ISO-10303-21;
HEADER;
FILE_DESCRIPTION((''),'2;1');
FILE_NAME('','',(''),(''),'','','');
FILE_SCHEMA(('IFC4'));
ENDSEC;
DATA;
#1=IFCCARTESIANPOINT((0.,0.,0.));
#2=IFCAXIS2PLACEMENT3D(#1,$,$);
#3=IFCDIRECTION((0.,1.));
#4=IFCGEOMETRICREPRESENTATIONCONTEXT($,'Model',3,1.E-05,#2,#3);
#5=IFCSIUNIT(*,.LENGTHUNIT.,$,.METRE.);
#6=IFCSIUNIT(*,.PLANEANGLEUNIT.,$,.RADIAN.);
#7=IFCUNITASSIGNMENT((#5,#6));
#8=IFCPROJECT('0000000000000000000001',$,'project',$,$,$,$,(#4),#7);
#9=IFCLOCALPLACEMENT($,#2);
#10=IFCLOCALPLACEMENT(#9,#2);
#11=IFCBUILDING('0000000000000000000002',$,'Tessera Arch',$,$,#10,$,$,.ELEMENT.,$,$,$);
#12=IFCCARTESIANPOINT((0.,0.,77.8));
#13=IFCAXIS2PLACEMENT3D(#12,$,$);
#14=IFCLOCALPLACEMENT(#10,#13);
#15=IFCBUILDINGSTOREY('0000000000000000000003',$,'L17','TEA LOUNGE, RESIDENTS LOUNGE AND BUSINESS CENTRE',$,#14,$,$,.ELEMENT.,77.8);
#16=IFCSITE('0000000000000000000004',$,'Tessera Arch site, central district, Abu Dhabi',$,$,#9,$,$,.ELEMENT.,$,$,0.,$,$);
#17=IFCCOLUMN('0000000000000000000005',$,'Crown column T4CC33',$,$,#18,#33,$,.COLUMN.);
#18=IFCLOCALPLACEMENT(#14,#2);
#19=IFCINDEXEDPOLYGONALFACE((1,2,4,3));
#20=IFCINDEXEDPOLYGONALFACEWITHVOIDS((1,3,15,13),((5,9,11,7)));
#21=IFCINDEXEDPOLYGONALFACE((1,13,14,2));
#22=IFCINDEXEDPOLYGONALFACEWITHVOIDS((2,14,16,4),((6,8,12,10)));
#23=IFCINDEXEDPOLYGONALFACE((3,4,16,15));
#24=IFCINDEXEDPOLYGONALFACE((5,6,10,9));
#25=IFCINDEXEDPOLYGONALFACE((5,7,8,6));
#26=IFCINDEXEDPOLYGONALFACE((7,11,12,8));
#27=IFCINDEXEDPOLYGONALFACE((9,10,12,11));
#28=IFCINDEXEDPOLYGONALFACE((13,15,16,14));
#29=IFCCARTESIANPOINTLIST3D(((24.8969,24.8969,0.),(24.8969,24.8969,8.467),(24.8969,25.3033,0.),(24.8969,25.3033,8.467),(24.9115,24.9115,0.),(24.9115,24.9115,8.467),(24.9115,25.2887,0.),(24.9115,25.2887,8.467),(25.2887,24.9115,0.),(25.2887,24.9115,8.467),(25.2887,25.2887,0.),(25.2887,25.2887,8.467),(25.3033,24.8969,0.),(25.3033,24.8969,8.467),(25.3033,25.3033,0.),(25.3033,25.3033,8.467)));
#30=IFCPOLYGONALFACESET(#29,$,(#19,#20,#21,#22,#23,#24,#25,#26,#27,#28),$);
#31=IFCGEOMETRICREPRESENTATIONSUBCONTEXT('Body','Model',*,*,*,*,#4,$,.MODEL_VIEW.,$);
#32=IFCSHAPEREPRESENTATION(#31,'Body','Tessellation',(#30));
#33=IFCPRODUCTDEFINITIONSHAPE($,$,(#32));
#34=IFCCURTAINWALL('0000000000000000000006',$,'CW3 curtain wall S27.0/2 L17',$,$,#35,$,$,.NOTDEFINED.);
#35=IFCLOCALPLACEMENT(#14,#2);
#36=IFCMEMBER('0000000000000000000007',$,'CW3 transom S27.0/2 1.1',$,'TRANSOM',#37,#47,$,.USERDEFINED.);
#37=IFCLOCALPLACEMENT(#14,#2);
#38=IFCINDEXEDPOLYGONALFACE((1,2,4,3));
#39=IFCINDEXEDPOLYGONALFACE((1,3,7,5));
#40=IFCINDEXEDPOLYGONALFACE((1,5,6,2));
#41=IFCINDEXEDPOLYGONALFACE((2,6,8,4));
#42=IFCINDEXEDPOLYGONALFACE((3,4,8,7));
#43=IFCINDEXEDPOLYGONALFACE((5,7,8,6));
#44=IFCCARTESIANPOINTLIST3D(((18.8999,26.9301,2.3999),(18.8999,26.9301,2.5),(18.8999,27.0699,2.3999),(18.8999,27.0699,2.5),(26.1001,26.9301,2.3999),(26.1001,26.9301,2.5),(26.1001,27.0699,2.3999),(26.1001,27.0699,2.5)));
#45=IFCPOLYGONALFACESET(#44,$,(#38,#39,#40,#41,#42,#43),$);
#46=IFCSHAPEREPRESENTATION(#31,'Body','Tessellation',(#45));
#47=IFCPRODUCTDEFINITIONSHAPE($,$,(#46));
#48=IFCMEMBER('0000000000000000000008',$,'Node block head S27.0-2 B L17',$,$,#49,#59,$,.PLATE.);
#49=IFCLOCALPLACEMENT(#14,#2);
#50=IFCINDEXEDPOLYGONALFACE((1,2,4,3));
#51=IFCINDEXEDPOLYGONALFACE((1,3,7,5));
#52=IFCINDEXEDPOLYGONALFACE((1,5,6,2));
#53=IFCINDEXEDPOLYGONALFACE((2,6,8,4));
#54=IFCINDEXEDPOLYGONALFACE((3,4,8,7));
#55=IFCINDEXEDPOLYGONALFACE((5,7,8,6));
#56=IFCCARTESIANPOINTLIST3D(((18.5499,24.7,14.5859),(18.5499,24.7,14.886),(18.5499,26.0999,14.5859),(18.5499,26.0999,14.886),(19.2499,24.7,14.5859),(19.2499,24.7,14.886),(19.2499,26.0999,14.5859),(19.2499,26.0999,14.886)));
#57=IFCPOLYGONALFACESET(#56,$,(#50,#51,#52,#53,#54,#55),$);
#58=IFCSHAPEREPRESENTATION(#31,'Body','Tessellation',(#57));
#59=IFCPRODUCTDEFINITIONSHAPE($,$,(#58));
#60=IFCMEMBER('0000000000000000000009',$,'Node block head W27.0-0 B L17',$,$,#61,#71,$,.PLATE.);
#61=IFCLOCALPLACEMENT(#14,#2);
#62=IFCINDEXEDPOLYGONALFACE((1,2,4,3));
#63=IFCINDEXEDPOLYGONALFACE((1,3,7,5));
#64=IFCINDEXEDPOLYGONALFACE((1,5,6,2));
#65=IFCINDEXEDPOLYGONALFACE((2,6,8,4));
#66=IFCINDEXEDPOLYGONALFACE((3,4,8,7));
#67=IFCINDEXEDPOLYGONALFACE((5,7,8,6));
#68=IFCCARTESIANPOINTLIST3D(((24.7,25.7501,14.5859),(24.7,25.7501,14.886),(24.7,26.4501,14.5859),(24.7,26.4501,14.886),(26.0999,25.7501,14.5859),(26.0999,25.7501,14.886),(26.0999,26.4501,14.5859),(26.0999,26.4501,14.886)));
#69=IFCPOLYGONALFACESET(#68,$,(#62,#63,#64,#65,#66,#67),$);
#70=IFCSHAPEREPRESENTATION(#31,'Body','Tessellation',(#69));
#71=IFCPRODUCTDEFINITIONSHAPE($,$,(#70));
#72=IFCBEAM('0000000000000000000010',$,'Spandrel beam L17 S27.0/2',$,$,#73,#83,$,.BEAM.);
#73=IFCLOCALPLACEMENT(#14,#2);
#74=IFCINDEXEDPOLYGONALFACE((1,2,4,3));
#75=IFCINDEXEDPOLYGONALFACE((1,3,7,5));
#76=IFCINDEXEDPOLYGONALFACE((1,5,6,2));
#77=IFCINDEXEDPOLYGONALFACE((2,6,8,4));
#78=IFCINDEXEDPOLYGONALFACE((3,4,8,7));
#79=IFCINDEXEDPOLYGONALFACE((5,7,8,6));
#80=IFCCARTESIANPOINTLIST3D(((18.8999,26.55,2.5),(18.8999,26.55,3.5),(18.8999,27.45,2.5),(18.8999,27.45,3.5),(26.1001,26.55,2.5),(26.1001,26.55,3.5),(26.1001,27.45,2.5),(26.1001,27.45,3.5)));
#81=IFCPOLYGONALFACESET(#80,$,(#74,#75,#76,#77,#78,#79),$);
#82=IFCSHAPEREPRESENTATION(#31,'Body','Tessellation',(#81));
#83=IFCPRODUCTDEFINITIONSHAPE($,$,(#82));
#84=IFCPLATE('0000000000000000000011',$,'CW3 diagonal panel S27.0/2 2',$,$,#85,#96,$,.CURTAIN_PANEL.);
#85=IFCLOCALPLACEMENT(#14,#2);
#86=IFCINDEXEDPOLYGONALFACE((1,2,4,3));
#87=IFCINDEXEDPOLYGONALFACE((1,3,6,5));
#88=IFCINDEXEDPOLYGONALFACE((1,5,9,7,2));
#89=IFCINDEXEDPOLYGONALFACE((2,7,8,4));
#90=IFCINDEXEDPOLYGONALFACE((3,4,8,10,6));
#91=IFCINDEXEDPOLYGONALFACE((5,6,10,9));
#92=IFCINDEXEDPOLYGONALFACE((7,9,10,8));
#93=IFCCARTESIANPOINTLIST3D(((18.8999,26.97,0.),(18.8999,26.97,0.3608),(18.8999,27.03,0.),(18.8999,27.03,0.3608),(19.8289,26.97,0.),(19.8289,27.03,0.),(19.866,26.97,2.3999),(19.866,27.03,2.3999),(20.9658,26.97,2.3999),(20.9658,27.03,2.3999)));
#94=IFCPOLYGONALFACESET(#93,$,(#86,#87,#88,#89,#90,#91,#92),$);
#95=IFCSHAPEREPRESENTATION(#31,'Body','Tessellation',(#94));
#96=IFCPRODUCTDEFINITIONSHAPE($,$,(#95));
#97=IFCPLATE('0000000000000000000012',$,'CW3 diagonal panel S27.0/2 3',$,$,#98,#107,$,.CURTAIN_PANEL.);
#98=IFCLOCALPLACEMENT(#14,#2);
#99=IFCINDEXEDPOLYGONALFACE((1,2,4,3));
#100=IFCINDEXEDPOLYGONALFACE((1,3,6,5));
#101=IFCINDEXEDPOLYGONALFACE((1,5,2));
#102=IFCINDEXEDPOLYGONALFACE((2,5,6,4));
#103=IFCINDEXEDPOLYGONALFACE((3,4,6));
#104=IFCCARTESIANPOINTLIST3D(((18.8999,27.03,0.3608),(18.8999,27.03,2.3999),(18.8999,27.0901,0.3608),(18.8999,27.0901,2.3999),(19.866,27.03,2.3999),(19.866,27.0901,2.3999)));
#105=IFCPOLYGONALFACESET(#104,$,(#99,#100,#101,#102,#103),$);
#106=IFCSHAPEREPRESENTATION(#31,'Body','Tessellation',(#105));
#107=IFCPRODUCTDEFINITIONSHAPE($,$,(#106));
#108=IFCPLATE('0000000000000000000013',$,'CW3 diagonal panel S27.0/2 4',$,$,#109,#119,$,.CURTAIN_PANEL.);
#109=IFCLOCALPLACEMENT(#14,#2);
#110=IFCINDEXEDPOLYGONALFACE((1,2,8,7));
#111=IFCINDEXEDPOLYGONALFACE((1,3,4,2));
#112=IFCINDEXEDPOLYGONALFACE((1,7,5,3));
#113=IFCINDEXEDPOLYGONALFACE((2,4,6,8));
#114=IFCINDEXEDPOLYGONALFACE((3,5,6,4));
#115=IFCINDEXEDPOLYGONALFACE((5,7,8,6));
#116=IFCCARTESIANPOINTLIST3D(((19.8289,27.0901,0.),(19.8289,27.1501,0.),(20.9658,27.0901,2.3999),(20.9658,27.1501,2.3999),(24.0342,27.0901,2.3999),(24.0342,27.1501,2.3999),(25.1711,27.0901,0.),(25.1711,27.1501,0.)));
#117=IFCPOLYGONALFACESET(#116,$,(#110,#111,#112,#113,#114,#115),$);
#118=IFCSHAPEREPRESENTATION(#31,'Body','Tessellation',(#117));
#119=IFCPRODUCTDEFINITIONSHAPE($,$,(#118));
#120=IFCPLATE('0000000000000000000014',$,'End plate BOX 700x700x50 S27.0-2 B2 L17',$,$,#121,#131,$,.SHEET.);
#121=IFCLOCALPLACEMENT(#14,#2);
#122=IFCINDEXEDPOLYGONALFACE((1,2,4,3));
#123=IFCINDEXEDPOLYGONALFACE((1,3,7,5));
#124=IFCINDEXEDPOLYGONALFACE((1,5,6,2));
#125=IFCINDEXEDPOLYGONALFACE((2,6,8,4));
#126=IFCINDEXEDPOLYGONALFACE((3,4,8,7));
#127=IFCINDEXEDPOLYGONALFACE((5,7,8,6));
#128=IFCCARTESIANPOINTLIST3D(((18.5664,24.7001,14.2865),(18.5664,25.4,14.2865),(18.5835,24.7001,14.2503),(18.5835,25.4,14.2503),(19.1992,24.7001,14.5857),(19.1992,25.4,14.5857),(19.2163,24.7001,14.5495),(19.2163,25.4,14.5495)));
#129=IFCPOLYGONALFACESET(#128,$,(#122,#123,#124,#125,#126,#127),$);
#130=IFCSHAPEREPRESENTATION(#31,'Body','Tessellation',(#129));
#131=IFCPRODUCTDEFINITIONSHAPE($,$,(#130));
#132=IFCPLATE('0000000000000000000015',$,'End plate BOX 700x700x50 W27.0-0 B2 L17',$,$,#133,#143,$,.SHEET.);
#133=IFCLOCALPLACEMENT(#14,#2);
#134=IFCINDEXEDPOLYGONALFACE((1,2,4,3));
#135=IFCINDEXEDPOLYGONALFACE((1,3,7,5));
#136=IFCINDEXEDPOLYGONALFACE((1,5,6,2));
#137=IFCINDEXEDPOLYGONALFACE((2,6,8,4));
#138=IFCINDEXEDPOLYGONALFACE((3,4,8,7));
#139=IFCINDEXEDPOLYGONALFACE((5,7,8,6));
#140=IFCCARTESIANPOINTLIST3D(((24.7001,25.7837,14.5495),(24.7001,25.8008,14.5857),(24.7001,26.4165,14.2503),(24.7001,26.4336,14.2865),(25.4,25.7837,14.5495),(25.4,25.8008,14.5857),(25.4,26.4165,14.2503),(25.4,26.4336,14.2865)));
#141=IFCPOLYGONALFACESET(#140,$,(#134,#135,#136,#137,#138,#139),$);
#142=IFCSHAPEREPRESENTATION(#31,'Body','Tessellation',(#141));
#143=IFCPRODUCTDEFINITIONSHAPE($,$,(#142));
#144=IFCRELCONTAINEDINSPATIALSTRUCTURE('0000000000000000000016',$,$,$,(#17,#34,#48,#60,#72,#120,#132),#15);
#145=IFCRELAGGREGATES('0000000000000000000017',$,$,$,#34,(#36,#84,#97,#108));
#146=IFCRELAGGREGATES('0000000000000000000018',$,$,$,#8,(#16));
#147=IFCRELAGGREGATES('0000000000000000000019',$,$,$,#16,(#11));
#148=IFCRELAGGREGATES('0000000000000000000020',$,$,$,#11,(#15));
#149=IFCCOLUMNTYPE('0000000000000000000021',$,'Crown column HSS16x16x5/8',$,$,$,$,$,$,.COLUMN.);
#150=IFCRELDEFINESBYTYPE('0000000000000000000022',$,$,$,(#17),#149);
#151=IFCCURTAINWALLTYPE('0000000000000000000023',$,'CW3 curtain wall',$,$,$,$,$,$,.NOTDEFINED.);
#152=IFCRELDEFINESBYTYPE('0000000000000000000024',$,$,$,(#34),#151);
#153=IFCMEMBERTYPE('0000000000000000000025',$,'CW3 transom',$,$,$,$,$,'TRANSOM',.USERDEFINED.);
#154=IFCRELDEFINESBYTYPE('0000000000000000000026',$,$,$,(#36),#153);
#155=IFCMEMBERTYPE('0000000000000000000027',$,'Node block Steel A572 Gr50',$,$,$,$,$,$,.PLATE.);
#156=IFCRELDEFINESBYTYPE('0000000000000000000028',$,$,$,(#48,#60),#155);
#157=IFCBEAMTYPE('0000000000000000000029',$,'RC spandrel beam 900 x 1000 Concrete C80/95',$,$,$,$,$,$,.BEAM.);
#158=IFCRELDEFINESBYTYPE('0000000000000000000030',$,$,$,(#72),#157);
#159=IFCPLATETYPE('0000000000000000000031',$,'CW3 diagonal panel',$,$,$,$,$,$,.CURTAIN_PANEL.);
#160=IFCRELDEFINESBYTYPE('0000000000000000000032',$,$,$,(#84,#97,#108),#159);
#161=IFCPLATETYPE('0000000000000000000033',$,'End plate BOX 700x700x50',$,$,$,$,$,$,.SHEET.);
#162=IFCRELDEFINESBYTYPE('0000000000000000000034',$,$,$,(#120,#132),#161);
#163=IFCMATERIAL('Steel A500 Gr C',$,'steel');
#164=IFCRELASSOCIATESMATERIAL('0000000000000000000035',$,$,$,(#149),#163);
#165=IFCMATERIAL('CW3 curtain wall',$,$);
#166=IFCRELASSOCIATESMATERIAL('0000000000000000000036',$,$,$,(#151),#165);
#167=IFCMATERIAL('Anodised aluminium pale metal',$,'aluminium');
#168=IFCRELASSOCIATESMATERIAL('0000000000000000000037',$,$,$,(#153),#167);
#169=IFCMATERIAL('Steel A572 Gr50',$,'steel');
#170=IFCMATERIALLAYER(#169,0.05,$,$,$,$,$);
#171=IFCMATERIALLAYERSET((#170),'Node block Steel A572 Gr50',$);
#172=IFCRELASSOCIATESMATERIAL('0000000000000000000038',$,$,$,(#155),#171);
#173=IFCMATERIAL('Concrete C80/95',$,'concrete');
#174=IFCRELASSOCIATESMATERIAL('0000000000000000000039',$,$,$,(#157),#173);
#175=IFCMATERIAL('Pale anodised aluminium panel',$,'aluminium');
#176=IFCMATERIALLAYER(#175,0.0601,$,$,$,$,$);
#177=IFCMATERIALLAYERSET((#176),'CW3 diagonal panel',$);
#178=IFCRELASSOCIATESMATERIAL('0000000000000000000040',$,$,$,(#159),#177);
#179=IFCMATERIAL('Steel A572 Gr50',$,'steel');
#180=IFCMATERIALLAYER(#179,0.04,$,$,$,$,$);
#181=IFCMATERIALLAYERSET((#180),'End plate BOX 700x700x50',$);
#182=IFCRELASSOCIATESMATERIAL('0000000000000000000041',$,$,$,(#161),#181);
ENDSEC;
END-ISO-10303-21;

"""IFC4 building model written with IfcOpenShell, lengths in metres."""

from ifc_helpers import new_model, si_unit, direction, frame, origin, origin_2d, place, context, subcontext, project, spatial, polyline, rectangle, hollow_rectangle, outline, extrude, material, layer, layer_set, material_profile, profile_set, type_object, element, aggregate, save


model = new_model("IFC4")

# Units and contexts
model_context = context("Model", 3, precision=1e-05, world=origin(), true_north=direction((0.0, 1.0)))
body_context = subcontext(model_context, "Body", "Model", "MODEL_VIEW")
ifc_project = project(units=[si_unit("LENGTHUNIT", "METRE"), si_unit("PLANEANGLEUNIT", "RADIAN")], contexts=[model_context])

# Site, building, storey
site_placement = place(None, origin())
site = spatial("IfcSite", under=ifc_project, at=site_placement, Name="Tessera Arch site, central district, Abu Dhabi", CompositionType="ELEMENT", RefElevation=0.0)
building_placement = place(site_placement, origin())
building = spatial("IfcBuilding", under=site, at=building_placement, Name="Tessera Arch", CompositionType="ELEMENT")
storey_placement = place(building_placement, frame((0.0, 0.0, 77.8)))
storey = spatial("IfcBuildingStorey", under=building, at=storey_placement, Name="L17", Description="TEA LOUNGE, RESIDENTS LOUNGE AND BUSINESS CENTRE", CompositionType="ELEMENT", Elevation=77.8)

# Column
ifc_material_1 = material(Name="Steel A500 Gr C", Category="steel")
ifc_material_profile_1 = material_profile(ifc_material_1, hollow_rectangle(XDim=0.4065, YDim=0.4065, WallThickness=0.0146, at=origin_2d()), Name="HSS16x16x5/8")
ifc_profile_set_1 = profile_set([ifc_material_profile_1], Name="Steel A500 Gr C")
column_type = type_object("IfcColumnType", Name="Crown column HSS16x16x5/8", PredefinedType="COLUMN", material=ifc_profile_set_1)
column_placement = place(storey_placement, frame((25.1001, 25.1001, 0.0), z_axis=(0.0, 0.0, 1.0), x_axis=(1.0, 0.0, 0.0)))
element("IfcColumn", 1, at=column_placement, inside=storey, type_object=column_type, Name="Crown column T4CC33", PredefinedType="COLUMN", context=body_context, shape_type="SweptSolid", body=[
    extrude(hollow_rectangle(XDim=0.4065, YDim=0.4065, WallThickness=0.0146, at=origin_2d()), origin(), (0.0, 0.0, 1.0), 8.467),
])

# Curtain wall, member
ifc_material_2 = material(Name="CW3 curtain wall")
curtain_wall_type = type_object("IfcCurtainWallType", Name="CW3 curtain wall", PredefinedType="NOTDEFINED", material=ifc_material_2)
curtain_wall_placement = place(storey_placement, origin())
curtain_wall = element("IfcCurtainWall", 2, at=curtain_wall_placement, inside=storey, type_object=curtain_wall_type, Name="CW3 curtain wall S27.0/2 L17", PredefinedType="NOTDEFINED")
ifc_material_3 = material(Name="Anodised aluminium pale metal", Category="aluminium")
ifc_material_profile_2 = material_profile(ifc_material_3, rectangle(XDim=0.1399, YDim=0.1001, at=origin_2d()), Name="AL 140x100")
ifc_profile_set_2 = profile_set([ifc_material_profile_2], Name="Anodised aluminium pale metal")
member_type_1 = type_object("IfcMemberType", Name="CW3 transom", ElementType="TRANSOM", PredefinedType="USERDEFINED", material=ifc_profile_set_2)
member_placement = place(storey_placement, frame((18.8999, 27.0, 2.45), z_axis=(1.0, 0.0, 0.0), x_axis=(0.0, 1.0, 0.0)))
member = element("IfcMember", 3, at=member_placement, type_object=member_type_1, Name="CW3 transom S27.0/2 1.1", ObjectType="TRANSOM", PredefinedType="USERDEFINED", context=body_context, shape_type="SweptSolid", body=[
    extrude(rectangle(XDim=0.1399, YDim=0.1001, at=origin_2d()), origin(), (0.0, 0.0, 1.0), 7.2002),
])

# Members
ifc_material_4 = material(Name="Steel A572 Gr50", Category="steel")
ifc_layer_1 = layer(ifc_material_4, 0.05)
ifc_layer_set_1 = layer_set([ifc_layer_1], Name="Node block Steel A572 Gr50")
member_type_2 = type_object("IfcMemberType", Name="Node block Steel A572 Gr50", PredefinedType="PLATE", material=ifc_layer_set_1)
for number, where, z_axis, x_axis, name in (
    (4, (18.8999, 25.3999, 14.5859), (0.0, 0.0, 1.0), (1.0, 0.0, 0.0), "Node block head S27.0-2 B L17"),
    (5, (25.3999, 26.1001, 14.5859), (0.0, 0.0, 1.0), (0.0, -1.0, 0.0), "Node block head W27.0-0 B L17"),
):
    element("IfcMember", number, at=place(storey_placement, frame(where, z_axis=z_axis, x_axis=x_axis)), inside=storey, type_object=member_type_2, Name=name, PredefinedType="PLATE", context=body_context, shape_type="SweptSolid", body=[
        extrude(rectangle(XDim=0.7, YDim=1.3999, at=origin_2d()), origin(), (0.0, 0.0, 1.0), 0.3),
    ])

# Beam
ifc_material_5 = material(Name="Concrete C80/95", Category="concrete")
ifc_material_profile_3 = material_profile(ifc_material_5, rectangle(XDim=0.8999, YDim=1.0, at=origin_2d()), Name="RC spandrel beam 900 x 1000 Concrete C80/95")
ifc_profile_set_3 = profile_set([ifc_material_profile_3], Name="Concrete C80/95")
beam_type = type_object("IfcBeamType", Name="RC spandrel beam 900 x 1000 Concrete C80/95", PredefinedType="BEAM", material=ifc_profile_set_3)
beam_placement = place(storey_placement, frame((18.8999, 27.0, 3.0), z_axis=(1.0, 0.0, 0.0), x_axis=(0.0, 1.0, 0.0)))
element("IfcBeam", 6, at=beam_placement, inside=storey, type_object=beam_type, Name="Spandrel beam L17 S27.0/2", PredefinedType="BEAM", context=body_context, shape_type="SweptSolid", body=[
    extrude(rectangle(XDim=0.8999, YDim=1.0, at=origin_2d()), origin(), (0.0, 0.0, 1.0), 7.2002),
])

# Plates
ifc_material_6 = material(Name="Pale anodised aluminium panel", Category="aluminium")
ifc_layer_2 = layer(ifc_material_6, 0.0601)
ifc_layer_set_2 = layer_set([ifc_layer_2], Name="CW3 diagonal panel")
plate_type_1 = type_object("IfcPlateType", Name="CW3 diagonal panel", PredefinedType="CURTAIN_PANEL", material=ifc_layer_set_2)
plate_1_placement = place(storey_placement, frame((20.9658, 26.97, 2.3999), z_axis=(0.0, -1.0, 0.0), x_axis=(-1.0, 0.0, 0.0)))
plate_1 = element("IfcPlate", 7, at=plate_1_placement, type_object=plate_type_1, Name="CW3 diagonal panel S27.0/2 2", PredefinedType="CURTAIN_PANEL", context=body_context, shape_type="SweptSolid", body=[
    extrude(outline(polyline([(0.0, 0.0), (1.0999, 0.0), (2.0659, 2.0391), (2.0659, 2.3999), (1.137, 2.3999), (0.0, 0.0)])), origin(), (0.0, 0.0, -1.0), 0.0601),
])
plate_2_placement = place(storey_placement, frame((18.8999, 27.03, 2.3999), z_axis=(0.0, -1.0, 0.0), x_axis=(0.0, 0.0, -1.0)))
plate_2 = element("IfcPlate", 8, at=plate_2_placement, type_object=plate_type_1, Name="CW3 diagonal panel S27.0/2 3", PredefinedType="CURTAIN_PANEL", context=body_context, shape_type="SweptSolid", body=[
    extrude(outline(polyline([(0.0, 0.0), (2.0391, 0.0), (0.0, 0.9661), (0.0, 0.0)])), origin(), (0.0, 0.0, -1.0), 0.0601),
])
plate_3_placement = place(storey_placement, frame((24.0342, 27.0901, 2.3999), z_axis=(0.0, -1.0, 0.0), x_axis=(-1.0, 0.0, 0.0)))
plate_3 = element("IfcPlate", 9, at=plate_3_placement, type_object=plate_type_1, Name="CW3 diagonal panel S27.0/2 4", PredefinedType="CURTAIN_PANEL", context=body_context, shape_type="SweptSolid", body=[
    extrude(outline(polyline([(0.0, 0.0), (3.0684, 0.0), (4.2053, 2.3999), (-1.137, 2.3999), (0.0, 0.0)])), origin(), (0.0, 0.0, -1.0), 0.0601),
])
aggregate(curtain_wall, [member, plate_1, plate_2, plate_3])

# Plates
ifc_material_7 = material(Name="Steel A572 Gr50", Category="steel")
ifc_layer_3 = layer(ifc_material_7, 0.04)
ifc_layer_set_3 = layer_set([ifc_layer_3], Name="End plate BOX 700x700x50")
plate_type_2 = type_object("IfcPlateType", Name="End plate BOX 700x700x50", PredefinedType="SHEET", material=ifc_layer_set_3)
for number, where, z_axis, x_axis, name in (
    (10, (18.8999, 25.05, 14.3999), (-0.427561, 0.0, 0.903986), (0.0, -1.0, 0.0), "End plate BOX 700x700x50 S27.0-2 B2 L17"),
    (11, (25.05, 26.1001, 14.3999), (0.0, 0.427561, 0.903986), (-1.0, 0.0, 0.0), "End plate BOX 700x700x50 W27.0-0 B2 L17"),
):
    element("IfcPlate", number, at=place(storey_placement, frame(where, z_axis=z_axis, x_axis=x_axis)), inside=storey, type_object=plate_type_2, Name=name, PredefinedType="SHEET", context=body_context, shape_type="SweptSolid", body=[
        extrude(rectangle(XDim=0.7, YDim=0.7, at=origin_2d()), origin(), (0.0, 0.0, 1.0), 0.04),
    ])

save(model, "model.ifc")
